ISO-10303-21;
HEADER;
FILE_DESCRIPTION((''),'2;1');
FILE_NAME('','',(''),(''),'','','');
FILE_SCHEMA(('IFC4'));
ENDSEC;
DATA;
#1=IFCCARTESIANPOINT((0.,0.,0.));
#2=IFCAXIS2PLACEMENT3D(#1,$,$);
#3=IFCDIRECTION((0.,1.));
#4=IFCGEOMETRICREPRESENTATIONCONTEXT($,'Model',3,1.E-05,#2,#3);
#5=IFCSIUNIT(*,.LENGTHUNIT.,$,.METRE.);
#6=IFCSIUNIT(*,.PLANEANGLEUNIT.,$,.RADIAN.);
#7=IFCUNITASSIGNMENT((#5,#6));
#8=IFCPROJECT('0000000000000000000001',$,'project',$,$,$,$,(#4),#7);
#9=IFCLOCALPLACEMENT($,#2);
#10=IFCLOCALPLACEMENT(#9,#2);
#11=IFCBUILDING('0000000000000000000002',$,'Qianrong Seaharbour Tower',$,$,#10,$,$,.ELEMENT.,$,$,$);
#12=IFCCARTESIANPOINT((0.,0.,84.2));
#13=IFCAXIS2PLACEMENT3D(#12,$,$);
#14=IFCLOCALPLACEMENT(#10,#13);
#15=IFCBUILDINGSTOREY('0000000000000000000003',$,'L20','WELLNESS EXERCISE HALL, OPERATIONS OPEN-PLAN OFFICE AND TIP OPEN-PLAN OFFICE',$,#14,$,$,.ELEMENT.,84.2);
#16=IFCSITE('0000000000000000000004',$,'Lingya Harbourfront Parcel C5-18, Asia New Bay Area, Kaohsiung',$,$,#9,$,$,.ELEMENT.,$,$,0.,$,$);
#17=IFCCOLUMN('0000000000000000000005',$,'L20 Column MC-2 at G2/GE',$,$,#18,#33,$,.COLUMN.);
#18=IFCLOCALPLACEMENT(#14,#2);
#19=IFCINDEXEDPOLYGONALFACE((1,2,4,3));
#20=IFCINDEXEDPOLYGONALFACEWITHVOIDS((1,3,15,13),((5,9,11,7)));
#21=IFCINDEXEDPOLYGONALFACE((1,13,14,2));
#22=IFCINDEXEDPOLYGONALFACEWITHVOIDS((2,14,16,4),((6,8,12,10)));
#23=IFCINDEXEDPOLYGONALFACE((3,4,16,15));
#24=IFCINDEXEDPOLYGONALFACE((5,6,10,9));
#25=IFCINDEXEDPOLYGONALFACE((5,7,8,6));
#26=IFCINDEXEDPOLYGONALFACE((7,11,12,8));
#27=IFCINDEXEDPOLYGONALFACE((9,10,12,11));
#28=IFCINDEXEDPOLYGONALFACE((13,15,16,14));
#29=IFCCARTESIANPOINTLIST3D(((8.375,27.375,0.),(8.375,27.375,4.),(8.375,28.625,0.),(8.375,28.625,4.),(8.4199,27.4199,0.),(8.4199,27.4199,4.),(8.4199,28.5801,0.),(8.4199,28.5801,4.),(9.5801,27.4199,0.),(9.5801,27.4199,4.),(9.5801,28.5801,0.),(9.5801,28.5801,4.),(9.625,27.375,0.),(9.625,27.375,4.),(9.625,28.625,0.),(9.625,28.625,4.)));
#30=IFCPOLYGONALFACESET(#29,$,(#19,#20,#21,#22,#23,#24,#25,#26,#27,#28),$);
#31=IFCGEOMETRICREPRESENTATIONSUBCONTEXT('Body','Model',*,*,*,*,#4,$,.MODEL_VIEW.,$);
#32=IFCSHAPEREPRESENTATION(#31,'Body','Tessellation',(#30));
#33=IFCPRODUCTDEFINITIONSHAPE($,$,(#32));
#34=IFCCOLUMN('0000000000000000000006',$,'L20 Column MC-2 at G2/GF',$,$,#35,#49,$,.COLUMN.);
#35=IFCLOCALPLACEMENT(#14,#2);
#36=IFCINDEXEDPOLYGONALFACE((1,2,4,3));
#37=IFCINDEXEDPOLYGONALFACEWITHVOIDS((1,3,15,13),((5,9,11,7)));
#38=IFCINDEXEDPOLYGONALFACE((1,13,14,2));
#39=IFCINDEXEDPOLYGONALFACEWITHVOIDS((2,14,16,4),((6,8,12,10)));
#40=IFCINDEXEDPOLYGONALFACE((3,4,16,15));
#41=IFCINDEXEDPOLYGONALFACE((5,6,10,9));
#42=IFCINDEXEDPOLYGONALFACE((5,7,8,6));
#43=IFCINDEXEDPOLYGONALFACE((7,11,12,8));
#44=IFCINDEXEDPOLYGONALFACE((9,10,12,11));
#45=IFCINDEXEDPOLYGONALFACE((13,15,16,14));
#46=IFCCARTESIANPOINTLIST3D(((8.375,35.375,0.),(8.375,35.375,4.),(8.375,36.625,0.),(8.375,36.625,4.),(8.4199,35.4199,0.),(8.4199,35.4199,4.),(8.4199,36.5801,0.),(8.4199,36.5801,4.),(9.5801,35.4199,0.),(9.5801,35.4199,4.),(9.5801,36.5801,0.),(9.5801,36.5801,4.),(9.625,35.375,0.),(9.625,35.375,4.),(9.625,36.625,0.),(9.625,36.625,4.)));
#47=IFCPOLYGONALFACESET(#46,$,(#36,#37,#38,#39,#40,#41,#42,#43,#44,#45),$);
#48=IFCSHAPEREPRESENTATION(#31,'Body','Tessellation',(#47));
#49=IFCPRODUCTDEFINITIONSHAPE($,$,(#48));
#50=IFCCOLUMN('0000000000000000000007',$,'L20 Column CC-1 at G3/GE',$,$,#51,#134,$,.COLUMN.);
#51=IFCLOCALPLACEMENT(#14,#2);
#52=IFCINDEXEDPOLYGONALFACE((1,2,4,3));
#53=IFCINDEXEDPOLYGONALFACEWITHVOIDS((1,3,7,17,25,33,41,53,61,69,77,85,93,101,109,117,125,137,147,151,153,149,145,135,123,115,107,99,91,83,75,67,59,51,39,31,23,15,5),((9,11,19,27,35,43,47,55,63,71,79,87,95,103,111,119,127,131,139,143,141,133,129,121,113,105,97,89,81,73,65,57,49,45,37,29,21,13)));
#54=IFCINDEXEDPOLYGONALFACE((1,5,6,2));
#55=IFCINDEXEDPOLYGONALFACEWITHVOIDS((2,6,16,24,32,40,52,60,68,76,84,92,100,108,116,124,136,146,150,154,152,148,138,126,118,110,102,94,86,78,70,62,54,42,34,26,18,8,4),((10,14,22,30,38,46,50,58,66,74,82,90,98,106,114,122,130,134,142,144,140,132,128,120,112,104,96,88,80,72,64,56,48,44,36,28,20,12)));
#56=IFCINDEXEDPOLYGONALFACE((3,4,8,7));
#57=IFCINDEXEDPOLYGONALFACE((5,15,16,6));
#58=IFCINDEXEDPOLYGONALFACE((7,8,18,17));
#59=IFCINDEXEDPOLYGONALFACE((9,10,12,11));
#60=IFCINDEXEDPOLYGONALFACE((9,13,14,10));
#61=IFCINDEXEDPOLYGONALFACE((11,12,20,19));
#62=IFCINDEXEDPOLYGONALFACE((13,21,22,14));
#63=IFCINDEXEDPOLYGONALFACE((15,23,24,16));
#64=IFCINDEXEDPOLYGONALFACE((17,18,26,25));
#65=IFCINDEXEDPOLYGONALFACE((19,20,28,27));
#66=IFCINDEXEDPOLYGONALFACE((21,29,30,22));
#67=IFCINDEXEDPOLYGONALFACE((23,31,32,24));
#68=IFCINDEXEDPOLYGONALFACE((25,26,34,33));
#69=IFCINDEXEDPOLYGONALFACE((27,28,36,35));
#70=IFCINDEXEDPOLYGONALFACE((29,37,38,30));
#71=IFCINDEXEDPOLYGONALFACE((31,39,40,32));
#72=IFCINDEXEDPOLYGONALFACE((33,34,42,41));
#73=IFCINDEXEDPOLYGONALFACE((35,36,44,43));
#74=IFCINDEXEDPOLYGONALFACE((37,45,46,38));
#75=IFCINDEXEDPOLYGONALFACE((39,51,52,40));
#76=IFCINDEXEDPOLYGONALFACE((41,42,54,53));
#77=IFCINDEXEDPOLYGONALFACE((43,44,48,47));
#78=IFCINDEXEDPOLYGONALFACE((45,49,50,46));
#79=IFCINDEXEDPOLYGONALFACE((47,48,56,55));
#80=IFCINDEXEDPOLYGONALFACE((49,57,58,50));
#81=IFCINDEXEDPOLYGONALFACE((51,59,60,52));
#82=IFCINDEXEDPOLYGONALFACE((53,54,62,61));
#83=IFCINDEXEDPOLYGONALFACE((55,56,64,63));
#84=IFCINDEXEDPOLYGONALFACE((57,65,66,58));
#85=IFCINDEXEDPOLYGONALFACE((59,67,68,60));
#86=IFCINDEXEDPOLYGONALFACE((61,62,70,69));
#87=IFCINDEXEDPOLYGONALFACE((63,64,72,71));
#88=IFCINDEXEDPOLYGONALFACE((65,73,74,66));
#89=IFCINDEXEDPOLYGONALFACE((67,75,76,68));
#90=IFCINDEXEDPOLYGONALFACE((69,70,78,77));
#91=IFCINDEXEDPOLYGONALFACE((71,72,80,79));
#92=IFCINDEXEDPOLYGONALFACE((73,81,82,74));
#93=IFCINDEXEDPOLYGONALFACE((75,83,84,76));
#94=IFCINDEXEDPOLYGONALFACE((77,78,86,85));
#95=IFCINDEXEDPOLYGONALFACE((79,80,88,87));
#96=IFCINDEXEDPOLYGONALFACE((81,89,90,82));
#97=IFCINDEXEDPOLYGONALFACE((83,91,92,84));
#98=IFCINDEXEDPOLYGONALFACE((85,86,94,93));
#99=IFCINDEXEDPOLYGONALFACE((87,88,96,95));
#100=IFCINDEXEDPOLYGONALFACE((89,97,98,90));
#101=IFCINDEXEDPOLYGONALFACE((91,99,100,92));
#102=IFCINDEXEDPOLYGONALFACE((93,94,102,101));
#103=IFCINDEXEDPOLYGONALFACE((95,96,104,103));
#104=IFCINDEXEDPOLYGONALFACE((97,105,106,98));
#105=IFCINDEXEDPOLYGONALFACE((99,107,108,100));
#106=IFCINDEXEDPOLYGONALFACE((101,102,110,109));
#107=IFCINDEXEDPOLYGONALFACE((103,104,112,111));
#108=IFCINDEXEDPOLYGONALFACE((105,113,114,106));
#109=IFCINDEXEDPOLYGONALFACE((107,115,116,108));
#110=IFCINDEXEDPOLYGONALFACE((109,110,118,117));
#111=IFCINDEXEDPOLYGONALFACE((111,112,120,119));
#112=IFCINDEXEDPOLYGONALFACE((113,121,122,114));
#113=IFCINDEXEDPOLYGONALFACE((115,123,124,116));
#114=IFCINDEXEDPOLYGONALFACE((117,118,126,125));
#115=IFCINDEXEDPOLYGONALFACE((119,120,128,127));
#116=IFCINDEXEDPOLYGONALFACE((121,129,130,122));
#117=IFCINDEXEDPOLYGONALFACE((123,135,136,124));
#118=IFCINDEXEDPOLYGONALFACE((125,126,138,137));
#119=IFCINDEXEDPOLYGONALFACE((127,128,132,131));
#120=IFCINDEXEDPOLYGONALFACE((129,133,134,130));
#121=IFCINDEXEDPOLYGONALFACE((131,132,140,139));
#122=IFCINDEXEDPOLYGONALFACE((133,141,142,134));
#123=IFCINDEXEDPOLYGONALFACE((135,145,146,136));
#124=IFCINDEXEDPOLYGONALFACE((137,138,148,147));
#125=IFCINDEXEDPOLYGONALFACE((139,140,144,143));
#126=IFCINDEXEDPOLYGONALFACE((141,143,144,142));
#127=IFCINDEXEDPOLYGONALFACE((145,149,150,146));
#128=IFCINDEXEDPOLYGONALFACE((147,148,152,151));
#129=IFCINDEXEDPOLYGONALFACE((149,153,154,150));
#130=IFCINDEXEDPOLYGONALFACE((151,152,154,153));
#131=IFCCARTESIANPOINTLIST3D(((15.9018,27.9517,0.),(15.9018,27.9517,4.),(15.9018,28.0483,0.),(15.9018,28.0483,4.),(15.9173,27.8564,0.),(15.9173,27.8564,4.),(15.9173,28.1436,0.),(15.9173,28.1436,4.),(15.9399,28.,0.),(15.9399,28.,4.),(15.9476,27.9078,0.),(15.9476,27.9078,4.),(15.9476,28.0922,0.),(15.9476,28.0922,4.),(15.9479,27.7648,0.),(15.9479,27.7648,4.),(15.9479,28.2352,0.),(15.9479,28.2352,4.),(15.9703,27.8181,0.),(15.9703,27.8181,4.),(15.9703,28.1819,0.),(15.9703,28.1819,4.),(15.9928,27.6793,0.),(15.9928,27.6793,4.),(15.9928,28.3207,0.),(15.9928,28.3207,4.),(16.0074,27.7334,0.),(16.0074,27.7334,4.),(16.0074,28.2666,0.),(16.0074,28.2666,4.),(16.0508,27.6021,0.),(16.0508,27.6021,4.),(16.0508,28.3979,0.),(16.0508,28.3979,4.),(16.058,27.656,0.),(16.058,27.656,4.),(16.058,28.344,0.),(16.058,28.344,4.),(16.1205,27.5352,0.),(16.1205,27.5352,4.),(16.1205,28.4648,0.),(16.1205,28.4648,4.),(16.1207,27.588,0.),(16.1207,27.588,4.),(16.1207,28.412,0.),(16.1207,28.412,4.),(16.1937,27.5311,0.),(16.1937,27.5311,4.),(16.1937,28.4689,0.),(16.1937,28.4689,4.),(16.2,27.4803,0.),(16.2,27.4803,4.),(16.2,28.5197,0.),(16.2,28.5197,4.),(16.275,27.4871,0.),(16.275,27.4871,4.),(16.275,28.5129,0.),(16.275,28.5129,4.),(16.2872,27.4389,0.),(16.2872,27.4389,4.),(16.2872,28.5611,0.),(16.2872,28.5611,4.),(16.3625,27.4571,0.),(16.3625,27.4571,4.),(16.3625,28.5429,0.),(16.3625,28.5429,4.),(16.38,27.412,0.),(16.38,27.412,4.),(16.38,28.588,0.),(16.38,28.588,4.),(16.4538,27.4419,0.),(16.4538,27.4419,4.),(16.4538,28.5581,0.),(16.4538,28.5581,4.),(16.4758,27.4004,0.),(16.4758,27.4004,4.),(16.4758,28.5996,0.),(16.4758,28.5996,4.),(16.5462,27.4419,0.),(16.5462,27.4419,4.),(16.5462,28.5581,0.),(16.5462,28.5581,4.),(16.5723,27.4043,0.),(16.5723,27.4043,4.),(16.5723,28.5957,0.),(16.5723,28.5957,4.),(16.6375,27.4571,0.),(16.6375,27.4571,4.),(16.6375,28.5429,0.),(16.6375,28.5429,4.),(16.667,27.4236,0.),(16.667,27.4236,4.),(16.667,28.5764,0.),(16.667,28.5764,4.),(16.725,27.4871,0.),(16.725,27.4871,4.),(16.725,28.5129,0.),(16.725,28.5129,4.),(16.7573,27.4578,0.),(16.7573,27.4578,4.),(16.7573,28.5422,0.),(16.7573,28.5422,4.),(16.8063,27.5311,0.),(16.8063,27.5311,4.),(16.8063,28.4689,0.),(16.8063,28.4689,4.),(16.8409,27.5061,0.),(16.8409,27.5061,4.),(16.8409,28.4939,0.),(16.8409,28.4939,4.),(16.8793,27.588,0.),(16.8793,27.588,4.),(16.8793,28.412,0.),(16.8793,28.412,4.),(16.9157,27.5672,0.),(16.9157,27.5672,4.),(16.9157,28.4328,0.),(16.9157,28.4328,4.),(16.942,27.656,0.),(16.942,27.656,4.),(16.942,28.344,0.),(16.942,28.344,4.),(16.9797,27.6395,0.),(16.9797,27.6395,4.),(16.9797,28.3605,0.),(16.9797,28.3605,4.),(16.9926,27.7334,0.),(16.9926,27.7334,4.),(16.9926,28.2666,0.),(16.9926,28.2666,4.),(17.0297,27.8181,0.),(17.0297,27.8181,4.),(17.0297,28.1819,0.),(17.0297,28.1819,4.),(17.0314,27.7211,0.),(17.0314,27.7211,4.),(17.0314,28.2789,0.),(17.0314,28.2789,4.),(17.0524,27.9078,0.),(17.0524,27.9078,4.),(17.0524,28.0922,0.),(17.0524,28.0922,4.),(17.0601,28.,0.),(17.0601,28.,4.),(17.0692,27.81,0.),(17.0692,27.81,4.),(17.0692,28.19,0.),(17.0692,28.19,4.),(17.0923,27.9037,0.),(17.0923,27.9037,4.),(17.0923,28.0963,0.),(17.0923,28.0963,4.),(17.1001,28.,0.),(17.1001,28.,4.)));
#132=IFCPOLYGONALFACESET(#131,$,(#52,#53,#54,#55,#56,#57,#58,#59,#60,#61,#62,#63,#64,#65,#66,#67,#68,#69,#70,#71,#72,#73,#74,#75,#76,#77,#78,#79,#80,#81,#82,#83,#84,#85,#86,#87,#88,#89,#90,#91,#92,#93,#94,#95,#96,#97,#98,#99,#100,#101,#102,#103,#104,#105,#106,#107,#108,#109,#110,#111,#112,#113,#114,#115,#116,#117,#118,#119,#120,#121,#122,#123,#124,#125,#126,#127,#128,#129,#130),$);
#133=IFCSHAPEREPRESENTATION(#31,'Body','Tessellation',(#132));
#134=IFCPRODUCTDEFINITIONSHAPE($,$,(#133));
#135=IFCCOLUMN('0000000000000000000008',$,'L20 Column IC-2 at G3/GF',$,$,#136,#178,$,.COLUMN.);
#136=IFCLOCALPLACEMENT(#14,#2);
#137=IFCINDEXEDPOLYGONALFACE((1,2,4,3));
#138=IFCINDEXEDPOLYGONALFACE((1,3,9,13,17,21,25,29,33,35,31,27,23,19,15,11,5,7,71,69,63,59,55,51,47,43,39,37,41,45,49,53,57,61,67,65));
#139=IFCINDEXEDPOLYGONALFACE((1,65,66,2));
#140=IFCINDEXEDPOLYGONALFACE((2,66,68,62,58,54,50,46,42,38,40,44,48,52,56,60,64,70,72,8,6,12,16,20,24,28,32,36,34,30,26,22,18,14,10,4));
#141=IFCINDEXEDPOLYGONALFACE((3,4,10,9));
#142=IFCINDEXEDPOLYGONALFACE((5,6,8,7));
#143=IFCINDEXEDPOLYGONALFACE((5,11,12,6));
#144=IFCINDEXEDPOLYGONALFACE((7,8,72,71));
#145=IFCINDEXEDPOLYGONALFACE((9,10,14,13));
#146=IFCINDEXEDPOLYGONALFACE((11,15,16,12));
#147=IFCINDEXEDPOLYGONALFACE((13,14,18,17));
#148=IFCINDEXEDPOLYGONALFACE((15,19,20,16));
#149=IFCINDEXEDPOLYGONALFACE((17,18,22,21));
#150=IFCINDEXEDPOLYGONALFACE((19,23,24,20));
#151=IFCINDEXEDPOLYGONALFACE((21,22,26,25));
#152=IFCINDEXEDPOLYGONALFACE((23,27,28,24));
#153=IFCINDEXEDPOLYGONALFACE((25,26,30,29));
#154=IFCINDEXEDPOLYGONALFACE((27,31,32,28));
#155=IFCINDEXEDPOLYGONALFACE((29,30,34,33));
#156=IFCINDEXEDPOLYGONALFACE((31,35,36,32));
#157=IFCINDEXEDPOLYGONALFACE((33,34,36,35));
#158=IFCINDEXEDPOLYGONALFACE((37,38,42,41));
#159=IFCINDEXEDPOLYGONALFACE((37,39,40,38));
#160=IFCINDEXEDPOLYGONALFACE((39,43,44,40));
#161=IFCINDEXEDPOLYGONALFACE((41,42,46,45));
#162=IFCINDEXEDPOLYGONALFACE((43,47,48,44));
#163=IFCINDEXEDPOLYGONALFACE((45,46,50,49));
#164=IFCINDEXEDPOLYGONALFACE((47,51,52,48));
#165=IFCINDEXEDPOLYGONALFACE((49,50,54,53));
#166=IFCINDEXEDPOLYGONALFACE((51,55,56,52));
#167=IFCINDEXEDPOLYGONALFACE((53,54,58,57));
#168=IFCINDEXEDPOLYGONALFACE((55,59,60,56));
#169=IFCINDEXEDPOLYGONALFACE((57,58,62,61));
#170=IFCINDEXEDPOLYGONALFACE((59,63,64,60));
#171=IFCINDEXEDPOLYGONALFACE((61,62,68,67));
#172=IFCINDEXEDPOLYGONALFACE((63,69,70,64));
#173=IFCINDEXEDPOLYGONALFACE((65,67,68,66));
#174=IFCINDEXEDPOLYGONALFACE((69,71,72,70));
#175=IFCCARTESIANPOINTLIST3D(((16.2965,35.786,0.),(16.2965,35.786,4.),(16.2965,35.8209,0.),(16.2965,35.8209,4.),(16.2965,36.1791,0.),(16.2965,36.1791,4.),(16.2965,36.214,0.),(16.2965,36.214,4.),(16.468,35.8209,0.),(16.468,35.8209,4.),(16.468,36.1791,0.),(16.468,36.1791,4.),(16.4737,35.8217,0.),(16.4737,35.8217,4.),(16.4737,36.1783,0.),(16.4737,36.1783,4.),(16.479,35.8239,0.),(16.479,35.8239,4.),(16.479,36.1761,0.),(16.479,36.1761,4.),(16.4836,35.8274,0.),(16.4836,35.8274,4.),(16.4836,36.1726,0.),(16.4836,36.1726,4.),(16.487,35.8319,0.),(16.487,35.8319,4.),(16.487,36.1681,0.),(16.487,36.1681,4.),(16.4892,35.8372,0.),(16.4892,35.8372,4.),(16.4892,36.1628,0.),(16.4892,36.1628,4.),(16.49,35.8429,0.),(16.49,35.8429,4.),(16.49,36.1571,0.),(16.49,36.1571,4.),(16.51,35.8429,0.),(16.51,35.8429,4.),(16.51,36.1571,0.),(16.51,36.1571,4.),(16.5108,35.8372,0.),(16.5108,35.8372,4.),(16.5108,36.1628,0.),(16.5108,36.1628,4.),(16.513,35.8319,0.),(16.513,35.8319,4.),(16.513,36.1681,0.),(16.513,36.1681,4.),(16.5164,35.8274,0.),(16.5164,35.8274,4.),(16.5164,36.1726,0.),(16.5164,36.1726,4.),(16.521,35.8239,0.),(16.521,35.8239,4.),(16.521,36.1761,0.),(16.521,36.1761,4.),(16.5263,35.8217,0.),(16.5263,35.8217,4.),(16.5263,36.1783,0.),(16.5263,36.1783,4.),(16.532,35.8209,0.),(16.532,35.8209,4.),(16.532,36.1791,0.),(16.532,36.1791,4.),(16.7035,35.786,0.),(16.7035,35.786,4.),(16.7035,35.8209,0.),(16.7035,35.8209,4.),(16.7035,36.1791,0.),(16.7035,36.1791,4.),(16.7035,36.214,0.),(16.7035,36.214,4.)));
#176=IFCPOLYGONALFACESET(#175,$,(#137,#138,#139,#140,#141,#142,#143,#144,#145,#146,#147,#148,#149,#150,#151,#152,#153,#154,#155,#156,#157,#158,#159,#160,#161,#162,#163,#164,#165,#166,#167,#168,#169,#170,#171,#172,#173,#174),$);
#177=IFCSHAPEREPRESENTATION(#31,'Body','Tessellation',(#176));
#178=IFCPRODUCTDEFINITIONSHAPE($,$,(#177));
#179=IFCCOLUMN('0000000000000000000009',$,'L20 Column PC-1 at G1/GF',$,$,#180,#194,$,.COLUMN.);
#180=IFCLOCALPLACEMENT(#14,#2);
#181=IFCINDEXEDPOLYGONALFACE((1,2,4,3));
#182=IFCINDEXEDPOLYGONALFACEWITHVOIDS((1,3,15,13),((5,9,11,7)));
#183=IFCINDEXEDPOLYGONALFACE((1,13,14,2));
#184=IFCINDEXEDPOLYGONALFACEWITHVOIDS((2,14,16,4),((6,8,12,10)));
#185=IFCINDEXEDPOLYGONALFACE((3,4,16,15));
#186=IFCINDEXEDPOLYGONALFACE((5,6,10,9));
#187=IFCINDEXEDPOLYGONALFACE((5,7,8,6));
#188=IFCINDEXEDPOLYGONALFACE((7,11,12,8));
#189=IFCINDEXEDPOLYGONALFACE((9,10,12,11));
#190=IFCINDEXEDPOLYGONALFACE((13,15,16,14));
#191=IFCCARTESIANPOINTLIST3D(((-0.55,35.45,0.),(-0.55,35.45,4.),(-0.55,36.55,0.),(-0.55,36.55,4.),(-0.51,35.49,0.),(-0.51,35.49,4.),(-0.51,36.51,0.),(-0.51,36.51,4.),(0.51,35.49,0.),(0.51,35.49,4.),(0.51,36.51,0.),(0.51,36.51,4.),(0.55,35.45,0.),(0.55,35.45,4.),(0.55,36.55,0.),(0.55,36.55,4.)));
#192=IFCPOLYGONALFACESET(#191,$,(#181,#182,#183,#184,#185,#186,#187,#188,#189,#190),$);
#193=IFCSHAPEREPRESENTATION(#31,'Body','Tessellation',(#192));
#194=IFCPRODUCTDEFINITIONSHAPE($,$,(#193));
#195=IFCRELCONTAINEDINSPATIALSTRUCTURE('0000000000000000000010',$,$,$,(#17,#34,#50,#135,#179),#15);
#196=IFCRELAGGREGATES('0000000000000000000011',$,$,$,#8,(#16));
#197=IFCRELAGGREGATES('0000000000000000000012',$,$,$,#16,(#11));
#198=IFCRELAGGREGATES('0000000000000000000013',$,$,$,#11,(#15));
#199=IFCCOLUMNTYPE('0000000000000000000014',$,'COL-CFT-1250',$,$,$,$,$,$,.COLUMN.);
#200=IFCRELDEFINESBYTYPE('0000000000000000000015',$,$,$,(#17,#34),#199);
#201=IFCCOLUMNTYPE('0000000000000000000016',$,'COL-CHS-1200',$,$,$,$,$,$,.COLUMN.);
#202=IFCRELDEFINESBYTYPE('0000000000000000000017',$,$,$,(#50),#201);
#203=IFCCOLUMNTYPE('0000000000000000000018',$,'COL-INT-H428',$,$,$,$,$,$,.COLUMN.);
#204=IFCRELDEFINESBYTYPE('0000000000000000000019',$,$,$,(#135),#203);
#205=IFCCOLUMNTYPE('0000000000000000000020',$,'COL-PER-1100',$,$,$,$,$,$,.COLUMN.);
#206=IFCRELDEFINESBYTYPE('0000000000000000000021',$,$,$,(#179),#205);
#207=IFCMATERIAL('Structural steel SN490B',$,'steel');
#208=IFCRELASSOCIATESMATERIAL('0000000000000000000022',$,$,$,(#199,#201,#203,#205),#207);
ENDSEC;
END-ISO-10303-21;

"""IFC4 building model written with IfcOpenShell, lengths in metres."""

from ifc_helpers import new_model, si_unit, direction, frame, origin, origin_2d, place, context, subcontext, project, spatial, hollow_rectangle, hollow_circle, i_section, extrude, material, material_profile, profile_set, type_object, element, save


model = new_model("IFC4")

# Units and contexts
model_context = context("Model", 3, precision=1e-05, world=origin(), true_north=direction((0.0, 1.0)))
body_context = subcontext(model_context, "Body", "Model", "MODEL_VIEW")
ifc_project = project(units=[si_unit("LENGTHUNIT", "METRE"), si_unit("PLANEANGLEUNIT", "RADIAN")], contexts=[model_context])

# Site, building, storey
site_placement = place(None, origin())
site = spatial("IfcSite", under=ifc_project, at=site_placement, Name="Lingya Harbourfront Parcel C5-18, Asia New Bay Area, Kaohsiung", CompositionType="ELEMENT", RefElevation=0.0)
building_placement = place(site_placement, origin())
building = spatial("IfcBuilding", under=site, at=building_placement, Name="Qianrong Seaharbour Tower", CompositionType="ELEMENT")
storey_placement = place(building_placement, frame((0.0, 0.0, 84.2)))
storey = spatial("IfcBuildingStorey", under=building, at=storey_placement, Name="L20", Description="WELLNESS EXERCISE HALL, OPERATIONS OPEN-PLAN OFFICE AND TIP OPEN-PLAN OFFICE", CompositionType="ELEMENT", Elevation=84.2)

# Columns
ifc_material_1 = material(Name="Structural steel SN490B", Category="steel")
ifc_material_profile_1 = material_profile(ifc_material_1, hollow_rectangle(XDim=1.25, YDim=1.25, WallThickness=0.0449, at=origin_2d()), Name="BOX1250x1250x45")
ifc_profile_set_1 = profile_set([ifc_material_profile_1], Name="Structural steel SN490B")
column_type_1 = type_object("IfcColumnType", Name="COL-CFT-1250", PredefinedType="COLUMN", material=ifc_profile_set_1)
for number, where, z_axis, x_axis, name in (
    (1, (9.0, 28.0, 0.0), (0.0, 0.0, 1.0), (1.0, 0.0, 0.0), "L20 Column MC-2 at G2/GE"),
    (2, (9.0, 36.0, 0.0), (0.0, 0.0, 1.0), (1.0, 0.0, 0.0), "L20 Column MC-2 at G2/GF"),
):
    element("IfcColumn", number, at=place(storey_placement, frame(where, z_axis=z_axis, x_axis=x_axis)), inside=storey, type_object=column_type_1, Name=name, PredefinedType="COLUMN", context=body_context, shape_type="SweptSolid", body=[
        extrude(hollow_rectangle(XDim=1.25, YDim=1.25, WallThickness=0.0449, at=origin_2d()), origin(), (0.0, 0.0, 1.0), 4.0),
    ])
ifc_material_profile_2 = material_profile(ifc_material_1, hollow_circle(Radius=0.6001, WallThickness=0.04, at=origin_2d()), Name="CHS1200x40")
ifc_profile_set_2 = profile_set([ifc_material_profile_2], Name="Structural steel SN490B")
column_type_2 = type_object("IfcColumnType", Name="COL-CHS-1200", PredefinedType="COLUMN", material=ifc_profile_set_2)
column_1_placement = place(storey_placement, frame((16.5, 28.0, 0.0), z_axis=(0.0, 0.0, 1.0), x_axis=(1.0, 0.0, 0.0)))
element("IfcColumn", 3, at=column_1_placement, inside=storey, type_object=column_type_2, Name="L20 Column CC-1 at G3/GE", PredefinedType="COLUMN", context=body_context, shape_type="SweptSolid", body=[
    extrude(hollow_circle(Radius=0.6001, WallThickness=0.04, at=origin_2d()), origin(), (0.0, 0.0, 1.0), 4.0),
])
ifc_material_profile_3 = material_profile(ifc_material_1, i_section(OverallWidth=0.407, OverallDepth=0.428, WebThickness=0.02, FlangeThickness=0.0349, FilletRadius=0.022, at=origin_2d()), Name="H428x407x20x35")
ifc_profile_set_3 = profile_set([ifc_material_profile_3], Name="Structural steel SN490B")
column_type_3 = type_object("IfcColumnType", Name="COL-INT-H428", PredefinedType="COLUMN", material=ifc_profile_set_3)
column_2_placement = place(storey_placement, frame((16.5, 36.0, 0.0), z_axis=(0.0, 0.0, 1.0), x_axis=(1.0, 0.0, 0.0)))
element("IfcColumn", 4, at=column_2_placement, inside=storey, type_object=column_type_3, Name="L20 Column IC-2 at G3/GF", PredefinedType="COLUMN", context=body_context, shape_type="SweptSolid", body=[
    extrude(i_section(OverallWidth=0.407, OverallDepth=0.428, WebThickness=0.02, FlangeThickness=0.0349, FilletRadius=0.022, at=origin_2d()), origin(), (0.0, 0.0, 1.0), 4.0),
])
ifc_material_profile_4 = material_profile(ifc_material_1, hollow_rectangle(XDim=1.1001, YDim=1.1001, WallThickness=0.04, at=origin_2d()), Name="BOX1100x1100x40")
ifc_profile_set_4 = profile_set([ifc_material_profile_4], Name="Structural steel SN490B")
column_type_4 = type_object("IfcColumnType", Name="COL-PER-1100", PredefinedType="COLUMN", material=ifc_profile_set_4)
column_3_placement = place(storey_placement, frame((0.0, 36.0, 0.0), z_axis=(0.0, 0.0, 1.0), x_axis=(1.0, 0.0, 0.0)))
element("IfcColumn", 5, at=column_3_placement, inside=storey, type_object=column_type_4, Name="L20 Column PC-1 at G1/GF", PredefinedType="COLUMN", context=body_context, shape_type="SweptSolid", body=[
    extrude(hollow_rectangle(XDim=1.1001, YDim=1.1001, WallThickness=0.04, at=origin_2d()), origin(), (0.0, 0.0, 1.0), 4.0),
])

save(model, "model.ifc")
